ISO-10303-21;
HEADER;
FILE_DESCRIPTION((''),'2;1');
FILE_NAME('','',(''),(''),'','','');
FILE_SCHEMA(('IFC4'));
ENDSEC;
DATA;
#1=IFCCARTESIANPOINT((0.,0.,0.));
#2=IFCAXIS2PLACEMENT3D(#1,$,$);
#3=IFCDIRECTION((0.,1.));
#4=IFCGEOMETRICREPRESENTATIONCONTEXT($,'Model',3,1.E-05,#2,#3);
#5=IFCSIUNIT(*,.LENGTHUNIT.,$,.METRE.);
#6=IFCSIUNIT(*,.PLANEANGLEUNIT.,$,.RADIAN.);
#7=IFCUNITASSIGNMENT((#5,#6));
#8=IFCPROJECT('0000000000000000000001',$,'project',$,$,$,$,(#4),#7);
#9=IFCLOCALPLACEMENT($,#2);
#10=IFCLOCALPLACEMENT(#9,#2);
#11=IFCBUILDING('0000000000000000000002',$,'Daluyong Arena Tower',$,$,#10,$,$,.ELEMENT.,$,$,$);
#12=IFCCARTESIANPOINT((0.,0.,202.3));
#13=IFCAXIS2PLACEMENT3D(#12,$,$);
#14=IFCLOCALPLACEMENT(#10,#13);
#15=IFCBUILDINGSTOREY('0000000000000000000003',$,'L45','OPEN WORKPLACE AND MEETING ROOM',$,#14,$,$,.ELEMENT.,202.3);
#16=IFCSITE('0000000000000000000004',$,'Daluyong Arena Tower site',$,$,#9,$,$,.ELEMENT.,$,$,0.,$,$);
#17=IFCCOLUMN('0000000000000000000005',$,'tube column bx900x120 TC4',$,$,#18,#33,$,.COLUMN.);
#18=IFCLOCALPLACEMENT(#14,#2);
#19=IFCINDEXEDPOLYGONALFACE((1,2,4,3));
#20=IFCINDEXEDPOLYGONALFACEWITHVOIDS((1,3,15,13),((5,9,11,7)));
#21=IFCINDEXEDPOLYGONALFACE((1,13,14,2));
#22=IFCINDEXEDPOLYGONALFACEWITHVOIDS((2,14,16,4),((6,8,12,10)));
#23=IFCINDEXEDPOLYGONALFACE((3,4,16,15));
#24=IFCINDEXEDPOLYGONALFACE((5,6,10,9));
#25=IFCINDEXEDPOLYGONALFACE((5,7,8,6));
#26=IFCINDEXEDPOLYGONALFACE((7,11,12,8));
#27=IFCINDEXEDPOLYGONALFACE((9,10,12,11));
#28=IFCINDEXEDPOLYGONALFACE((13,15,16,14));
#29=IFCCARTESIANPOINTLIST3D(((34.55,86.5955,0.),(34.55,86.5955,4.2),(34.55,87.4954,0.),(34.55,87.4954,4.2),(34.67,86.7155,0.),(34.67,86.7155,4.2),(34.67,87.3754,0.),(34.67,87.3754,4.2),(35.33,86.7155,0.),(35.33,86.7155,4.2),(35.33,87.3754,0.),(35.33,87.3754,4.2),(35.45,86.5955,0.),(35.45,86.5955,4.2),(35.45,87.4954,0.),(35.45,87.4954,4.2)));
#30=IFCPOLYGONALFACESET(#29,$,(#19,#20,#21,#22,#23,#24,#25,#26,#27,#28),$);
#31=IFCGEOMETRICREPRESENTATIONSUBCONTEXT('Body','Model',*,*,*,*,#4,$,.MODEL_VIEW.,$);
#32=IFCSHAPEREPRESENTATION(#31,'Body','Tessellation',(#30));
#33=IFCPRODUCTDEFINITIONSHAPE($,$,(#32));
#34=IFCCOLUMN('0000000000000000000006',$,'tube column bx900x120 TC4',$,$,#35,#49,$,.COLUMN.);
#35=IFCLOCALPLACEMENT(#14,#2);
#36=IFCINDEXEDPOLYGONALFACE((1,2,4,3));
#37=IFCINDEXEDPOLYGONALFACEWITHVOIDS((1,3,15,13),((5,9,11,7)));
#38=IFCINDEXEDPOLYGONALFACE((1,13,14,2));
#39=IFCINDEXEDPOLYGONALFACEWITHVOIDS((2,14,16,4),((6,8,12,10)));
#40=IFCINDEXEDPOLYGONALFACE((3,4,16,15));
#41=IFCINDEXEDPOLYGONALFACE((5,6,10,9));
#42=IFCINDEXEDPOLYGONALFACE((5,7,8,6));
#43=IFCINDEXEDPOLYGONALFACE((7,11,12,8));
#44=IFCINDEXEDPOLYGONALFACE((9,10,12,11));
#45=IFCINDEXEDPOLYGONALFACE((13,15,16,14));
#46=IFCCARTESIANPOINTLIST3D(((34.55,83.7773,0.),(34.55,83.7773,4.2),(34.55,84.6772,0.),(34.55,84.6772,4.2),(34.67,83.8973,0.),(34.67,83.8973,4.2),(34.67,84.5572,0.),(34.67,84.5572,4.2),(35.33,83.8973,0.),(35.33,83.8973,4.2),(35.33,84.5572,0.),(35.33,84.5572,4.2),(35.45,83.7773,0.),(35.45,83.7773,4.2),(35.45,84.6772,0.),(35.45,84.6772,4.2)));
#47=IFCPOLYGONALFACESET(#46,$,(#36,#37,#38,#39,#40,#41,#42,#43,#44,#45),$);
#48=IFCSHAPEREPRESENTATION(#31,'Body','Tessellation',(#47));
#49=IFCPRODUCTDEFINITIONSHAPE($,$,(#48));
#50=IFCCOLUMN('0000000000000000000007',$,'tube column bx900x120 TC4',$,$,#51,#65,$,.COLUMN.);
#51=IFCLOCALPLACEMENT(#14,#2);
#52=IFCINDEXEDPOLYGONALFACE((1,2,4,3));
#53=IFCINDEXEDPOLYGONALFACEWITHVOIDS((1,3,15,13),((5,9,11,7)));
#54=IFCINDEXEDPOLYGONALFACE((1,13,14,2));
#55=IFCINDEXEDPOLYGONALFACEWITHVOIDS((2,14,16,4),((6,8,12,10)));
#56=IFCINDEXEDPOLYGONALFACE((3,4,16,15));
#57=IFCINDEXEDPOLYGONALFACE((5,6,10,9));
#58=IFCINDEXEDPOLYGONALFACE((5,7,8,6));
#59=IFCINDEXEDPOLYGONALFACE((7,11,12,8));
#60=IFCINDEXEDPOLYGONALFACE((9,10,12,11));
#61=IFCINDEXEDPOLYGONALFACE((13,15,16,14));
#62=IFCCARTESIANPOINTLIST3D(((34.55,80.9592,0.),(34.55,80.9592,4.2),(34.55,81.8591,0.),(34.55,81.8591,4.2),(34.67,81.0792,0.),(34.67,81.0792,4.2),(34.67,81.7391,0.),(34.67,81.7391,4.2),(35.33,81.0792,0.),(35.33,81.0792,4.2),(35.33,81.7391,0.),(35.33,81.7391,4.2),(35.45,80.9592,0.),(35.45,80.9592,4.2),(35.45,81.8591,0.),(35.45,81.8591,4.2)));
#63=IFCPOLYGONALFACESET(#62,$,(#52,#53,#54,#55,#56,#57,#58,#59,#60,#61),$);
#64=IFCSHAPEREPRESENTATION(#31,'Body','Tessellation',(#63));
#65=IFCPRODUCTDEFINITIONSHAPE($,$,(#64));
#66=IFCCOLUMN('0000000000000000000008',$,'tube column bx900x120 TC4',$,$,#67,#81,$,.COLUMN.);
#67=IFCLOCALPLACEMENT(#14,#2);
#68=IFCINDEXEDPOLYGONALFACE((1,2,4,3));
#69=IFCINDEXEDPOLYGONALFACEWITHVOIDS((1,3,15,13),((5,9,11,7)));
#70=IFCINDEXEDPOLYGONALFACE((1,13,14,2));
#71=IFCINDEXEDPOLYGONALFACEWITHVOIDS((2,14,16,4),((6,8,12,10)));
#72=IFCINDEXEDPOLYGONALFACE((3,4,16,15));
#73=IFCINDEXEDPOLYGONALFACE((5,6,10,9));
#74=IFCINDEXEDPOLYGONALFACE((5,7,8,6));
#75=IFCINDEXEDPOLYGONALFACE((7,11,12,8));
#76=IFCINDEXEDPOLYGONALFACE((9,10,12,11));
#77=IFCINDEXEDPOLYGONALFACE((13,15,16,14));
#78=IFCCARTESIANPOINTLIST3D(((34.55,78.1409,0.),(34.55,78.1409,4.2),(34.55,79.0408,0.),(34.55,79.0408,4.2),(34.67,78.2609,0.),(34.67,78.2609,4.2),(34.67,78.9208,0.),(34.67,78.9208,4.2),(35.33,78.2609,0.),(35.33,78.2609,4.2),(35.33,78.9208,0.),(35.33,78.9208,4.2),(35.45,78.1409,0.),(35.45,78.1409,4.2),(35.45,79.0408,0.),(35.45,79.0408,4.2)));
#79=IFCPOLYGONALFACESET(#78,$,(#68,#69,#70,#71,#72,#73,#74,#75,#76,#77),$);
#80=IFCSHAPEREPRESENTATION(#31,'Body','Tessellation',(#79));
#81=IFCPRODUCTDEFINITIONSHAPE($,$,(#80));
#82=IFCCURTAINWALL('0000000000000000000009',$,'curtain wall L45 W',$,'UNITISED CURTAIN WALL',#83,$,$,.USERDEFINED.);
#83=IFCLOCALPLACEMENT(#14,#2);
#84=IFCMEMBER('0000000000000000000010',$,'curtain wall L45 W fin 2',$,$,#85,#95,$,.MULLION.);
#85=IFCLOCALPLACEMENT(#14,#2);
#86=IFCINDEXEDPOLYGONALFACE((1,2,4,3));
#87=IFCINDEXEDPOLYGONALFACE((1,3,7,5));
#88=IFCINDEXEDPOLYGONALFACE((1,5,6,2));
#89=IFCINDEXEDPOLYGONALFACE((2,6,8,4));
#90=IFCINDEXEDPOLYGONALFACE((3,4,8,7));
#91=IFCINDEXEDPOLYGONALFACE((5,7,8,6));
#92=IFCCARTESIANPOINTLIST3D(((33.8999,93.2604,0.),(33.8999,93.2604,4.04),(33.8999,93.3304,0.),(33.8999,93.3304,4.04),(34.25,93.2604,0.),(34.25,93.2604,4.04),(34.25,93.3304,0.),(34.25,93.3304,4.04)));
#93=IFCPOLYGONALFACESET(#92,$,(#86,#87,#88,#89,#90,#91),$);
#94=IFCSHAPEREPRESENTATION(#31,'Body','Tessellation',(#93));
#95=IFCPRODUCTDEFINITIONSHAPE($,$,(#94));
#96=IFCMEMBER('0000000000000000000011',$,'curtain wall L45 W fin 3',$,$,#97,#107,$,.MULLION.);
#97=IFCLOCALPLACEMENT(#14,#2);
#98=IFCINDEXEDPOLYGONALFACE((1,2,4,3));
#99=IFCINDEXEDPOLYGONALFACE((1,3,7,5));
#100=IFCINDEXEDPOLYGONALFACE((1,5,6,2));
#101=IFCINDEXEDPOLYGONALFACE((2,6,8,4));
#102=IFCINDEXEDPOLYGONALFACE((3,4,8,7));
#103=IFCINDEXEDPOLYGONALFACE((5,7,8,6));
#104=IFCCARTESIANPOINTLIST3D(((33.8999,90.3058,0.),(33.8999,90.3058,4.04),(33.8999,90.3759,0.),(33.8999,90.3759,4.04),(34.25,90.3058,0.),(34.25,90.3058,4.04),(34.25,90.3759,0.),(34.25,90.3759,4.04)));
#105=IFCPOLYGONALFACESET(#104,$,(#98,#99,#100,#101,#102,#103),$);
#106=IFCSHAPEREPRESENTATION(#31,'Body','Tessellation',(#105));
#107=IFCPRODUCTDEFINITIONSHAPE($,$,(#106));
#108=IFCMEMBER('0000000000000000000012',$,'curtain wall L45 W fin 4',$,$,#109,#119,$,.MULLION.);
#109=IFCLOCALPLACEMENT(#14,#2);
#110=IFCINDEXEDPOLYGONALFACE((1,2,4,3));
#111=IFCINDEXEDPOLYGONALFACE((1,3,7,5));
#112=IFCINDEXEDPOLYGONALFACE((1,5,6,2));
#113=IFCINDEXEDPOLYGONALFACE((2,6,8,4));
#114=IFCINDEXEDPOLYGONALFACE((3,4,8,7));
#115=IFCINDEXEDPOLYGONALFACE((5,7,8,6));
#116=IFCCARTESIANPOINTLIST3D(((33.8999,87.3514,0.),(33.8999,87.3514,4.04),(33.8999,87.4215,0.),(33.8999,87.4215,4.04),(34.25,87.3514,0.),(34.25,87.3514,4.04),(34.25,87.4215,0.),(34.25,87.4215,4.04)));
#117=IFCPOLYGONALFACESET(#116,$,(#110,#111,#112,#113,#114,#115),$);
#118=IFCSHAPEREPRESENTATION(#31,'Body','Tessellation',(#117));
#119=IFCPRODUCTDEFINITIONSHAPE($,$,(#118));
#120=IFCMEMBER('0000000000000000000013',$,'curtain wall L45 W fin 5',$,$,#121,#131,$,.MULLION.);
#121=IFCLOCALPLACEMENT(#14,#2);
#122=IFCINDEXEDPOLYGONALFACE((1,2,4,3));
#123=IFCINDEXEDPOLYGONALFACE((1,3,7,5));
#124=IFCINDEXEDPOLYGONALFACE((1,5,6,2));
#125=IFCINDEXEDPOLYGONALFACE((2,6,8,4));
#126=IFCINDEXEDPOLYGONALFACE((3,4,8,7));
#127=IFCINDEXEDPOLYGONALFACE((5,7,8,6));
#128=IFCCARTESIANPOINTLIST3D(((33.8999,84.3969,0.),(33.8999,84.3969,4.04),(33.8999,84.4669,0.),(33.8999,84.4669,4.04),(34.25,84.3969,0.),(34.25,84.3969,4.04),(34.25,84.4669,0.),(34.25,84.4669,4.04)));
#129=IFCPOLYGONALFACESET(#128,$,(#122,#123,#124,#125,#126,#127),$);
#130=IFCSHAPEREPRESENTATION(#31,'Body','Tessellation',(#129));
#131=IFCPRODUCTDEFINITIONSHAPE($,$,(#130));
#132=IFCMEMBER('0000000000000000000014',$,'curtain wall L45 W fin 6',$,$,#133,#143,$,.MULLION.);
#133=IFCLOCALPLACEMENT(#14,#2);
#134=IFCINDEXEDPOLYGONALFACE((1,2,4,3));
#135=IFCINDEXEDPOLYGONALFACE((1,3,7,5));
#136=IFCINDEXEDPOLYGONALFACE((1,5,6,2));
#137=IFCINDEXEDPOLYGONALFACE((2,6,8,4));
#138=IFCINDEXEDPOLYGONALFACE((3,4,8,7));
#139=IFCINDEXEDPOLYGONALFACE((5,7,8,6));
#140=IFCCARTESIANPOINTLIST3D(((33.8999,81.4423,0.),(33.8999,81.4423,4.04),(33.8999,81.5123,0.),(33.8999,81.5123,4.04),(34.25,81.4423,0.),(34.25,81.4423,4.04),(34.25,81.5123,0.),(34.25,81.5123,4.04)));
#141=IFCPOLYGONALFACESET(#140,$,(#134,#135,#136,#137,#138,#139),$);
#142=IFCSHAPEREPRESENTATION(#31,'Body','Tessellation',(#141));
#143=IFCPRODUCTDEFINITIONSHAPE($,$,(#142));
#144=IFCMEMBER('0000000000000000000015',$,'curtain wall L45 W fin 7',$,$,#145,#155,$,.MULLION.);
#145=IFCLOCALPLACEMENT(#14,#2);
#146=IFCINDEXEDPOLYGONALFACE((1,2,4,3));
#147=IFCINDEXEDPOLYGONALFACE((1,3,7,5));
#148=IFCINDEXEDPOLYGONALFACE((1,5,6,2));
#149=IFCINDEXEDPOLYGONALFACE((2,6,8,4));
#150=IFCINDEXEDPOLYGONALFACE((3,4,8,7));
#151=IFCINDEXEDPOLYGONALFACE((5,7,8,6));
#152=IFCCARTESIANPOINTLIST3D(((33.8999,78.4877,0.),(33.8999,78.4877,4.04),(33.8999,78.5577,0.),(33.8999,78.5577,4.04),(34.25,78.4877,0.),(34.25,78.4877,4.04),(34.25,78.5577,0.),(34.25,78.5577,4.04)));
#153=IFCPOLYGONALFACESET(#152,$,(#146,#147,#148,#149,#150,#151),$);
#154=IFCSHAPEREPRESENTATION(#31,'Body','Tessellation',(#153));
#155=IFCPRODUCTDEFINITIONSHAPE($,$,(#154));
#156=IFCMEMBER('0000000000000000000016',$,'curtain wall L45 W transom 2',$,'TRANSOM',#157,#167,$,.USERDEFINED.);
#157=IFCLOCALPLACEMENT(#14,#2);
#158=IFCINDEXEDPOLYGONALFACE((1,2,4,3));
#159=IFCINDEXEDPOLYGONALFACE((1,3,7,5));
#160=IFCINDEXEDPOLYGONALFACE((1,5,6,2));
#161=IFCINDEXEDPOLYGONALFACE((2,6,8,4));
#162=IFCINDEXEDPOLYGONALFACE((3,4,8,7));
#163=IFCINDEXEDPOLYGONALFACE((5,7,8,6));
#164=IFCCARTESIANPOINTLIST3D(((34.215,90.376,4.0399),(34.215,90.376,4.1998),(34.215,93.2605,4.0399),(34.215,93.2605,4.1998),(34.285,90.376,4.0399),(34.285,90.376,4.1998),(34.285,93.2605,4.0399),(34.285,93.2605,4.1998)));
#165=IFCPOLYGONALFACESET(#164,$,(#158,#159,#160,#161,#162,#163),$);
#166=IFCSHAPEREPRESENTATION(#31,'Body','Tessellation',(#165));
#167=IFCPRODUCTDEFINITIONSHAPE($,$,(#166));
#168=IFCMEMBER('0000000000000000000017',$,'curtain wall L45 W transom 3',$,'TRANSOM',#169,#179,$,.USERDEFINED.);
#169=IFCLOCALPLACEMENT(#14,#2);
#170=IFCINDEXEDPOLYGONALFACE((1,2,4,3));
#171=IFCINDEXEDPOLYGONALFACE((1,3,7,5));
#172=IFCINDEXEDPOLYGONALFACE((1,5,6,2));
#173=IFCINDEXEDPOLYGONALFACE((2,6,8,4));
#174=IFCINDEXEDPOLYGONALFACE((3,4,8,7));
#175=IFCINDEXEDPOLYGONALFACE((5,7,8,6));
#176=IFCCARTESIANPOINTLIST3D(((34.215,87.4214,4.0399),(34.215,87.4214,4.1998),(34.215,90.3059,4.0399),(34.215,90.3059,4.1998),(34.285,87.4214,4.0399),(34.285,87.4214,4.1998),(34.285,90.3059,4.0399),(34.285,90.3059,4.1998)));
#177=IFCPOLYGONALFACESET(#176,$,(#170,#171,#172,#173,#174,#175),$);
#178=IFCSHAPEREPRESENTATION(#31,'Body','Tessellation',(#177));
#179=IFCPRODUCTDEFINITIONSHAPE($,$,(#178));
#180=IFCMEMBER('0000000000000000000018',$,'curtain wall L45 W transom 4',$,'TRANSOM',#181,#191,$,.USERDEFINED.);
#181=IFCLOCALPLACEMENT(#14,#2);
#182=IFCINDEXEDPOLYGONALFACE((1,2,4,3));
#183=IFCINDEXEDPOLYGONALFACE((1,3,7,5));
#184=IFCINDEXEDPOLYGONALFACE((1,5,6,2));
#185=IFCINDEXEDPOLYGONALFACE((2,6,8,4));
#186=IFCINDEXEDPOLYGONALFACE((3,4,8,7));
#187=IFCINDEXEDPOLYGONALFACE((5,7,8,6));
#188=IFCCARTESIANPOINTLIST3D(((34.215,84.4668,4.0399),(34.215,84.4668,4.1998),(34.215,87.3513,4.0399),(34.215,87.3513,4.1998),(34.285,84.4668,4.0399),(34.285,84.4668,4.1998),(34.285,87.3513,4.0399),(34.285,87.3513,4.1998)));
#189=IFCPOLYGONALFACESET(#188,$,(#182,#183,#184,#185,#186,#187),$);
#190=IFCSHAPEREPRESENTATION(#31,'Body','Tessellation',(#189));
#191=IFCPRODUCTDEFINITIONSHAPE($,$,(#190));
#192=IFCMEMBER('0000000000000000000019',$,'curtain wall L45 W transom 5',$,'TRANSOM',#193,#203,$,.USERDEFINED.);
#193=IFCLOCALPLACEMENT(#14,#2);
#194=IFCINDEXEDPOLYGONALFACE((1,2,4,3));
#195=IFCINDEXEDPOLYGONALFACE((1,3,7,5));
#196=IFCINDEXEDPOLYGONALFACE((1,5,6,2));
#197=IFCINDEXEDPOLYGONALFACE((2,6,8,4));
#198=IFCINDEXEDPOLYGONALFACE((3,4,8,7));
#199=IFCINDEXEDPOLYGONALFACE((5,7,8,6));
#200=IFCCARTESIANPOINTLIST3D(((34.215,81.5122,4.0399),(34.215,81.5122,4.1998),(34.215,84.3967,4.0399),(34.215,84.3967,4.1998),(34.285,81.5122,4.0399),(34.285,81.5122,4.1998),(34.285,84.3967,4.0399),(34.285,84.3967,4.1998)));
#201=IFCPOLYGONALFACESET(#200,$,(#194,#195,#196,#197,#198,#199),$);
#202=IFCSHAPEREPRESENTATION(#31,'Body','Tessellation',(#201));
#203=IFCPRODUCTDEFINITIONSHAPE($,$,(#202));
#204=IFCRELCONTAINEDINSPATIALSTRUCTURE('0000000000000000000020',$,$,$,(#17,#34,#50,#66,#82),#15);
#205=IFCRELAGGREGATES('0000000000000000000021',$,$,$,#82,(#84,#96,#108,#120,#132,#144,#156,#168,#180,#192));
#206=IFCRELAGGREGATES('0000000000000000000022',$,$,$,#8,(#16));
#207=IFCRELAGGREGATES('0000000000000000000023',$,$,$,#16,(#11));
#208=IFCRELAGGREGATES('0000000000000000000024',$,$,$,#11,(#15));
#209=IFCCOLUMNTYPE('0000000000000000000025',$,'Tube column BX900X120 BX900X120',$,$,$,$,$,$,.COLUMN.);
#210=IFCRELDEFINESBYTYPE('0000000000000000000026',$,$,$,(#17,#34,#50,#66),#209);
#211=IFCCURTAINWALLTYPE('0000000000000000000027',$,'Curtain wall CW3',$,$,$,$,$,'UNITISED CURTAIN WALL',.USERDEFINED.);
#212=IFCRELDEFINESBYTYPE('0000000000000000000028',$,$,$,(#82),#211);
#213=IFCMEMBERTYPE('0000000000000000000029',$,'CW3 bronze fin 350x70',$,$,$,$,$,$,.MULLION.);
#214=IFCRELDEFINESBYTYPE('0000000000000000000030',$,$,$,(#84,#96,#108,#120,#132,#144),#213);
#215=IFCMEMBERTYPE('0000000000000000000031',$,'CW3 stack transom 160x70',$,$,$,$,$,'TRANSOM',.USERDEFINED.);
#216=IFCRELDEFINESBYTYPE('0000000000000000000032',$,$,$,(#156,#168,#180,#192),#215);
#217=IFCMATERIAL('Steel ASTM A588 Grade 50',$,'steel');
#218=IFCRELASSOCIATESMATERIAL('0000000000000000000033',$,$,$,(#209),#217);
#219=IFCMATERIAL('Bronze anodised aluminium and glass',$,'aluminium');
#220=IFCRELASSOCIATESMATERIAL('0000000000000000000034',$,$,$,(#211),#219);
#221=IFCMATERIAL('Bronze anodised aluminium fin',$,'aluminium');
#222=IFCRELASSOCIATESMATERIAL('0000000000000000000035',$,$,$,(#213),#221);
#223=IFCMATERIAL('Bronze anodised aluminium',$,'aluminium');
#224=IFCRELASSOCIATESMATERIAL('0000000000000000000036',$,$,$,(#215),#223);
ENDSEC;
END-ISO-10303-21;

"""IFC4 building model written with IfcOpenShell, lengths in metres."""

from ifc_helpers import new_model, si_unit, direction, frame, origin, origin_2d, place, context, subcontext, project, spatial, rectangle, hollow_rectangle, extrude, material, material_profile, profile_set, type_object, element, aggregate, save


model = new_model("IFC4")

# Units and contexts
model_context = context("Model", 3, precision=1e-05, world=origin(), true_north=direction((0.0, 1.0)))
body_context = subcontext(model_context, "Body", "Model", "MODEL_VIEW")
ifc_project = project(units=[si_unit("LENGTHUNIT", "METRE"), si_unit("PLANEANGLEUNIT", "RADIAN")], contexts=[model_context])

# Site, building, storey
site_placement = place(None, origin())
site = spatial("IfcSite", under=ifc_project, at=site_placement, Name="Daluyong Arena Tower site", CompositionType="ELEMENT", RefElevation=0.0)
building_placement = place(site_placement, origin())
building = spatial("IfcBuilding", under=site, at=building_placement, Name="Daluyong Arena Tower", CompositionType="ELEMENT")
storey_placement = place(building_placement, frame((0.0, 0.0, 202.3)))
storey = spatial("IfcBuildingStorey", under=building, at=storey_placement, Name="L45", Description="OPEN WORKPLACE AND MEETING ROOM", CompositionType="ELEMENT", Elevation=202.3)

# Columns
ifc_material_1 = material(Name="Steel ASTM A588 Grade 50", Category="steel")
ifc_material_profile_1 = material_profile(ifc_material_1, hollow_rectangle(XDim=0.8999, YDim=0.8999, WallThickness=0.12, at=origin_2d()))
ifc_profile_set_1 = profile_set([ifc_material_profile_1], Name="Steel ASTM A588 Grade 50")
column_type = type_object("IfcColumnType", Name="Tube column BX900X120 BX900X120", PredefinedType="COLUMN", material=ifc_profile_set_1)
for number, where, z_axis, x_axis, name in (
    (1, (35.0, 87.0454, 0.0), (0.0, 0.0, 1.0), (0.0, 1.0, 0.0), "tube column bx900x120 TC4"),
    (2, (35.0, 84.2273, 0.0), (0.0, 0.0, 1.0), (0.0, 1.0, 0.0), "tube column bx900x120 TC4"),
    (3, (35.0, 81.4092, 0.0), (0.0, 0.0, 1.0), (0.0, 1.0, 0.0), "tube column bx900x120 TC4"),
    (4, (35.0, 78.5908, 0.0), (0.0, 0.0, 1.0), (0.0, 1.0, 0.0), "tube column bx900x120 TC4"),
):
    element("IfcColumn", number, at=place(storey_placement, frame(where, z_axis=z_axis, x_axis=x_axis)), inside=storey, type_object=column_type, Name=name, PredefinedType="COLUMN", context=body_context, shape_type="SweptSolid", body=[
        extrude(hollow_rectangle(XDim=0.8999, YDim=0.8999, WallThickness=0.12, at=origin_2d()), origin(), (0.0, 0.0, 1.0), 4.2),
    ])

# Curtain wall, members
ifc_material_2 = material(Name="Bronze anodised aluminium and glass", Category="aluminium")
curtain_wall_type = type_object("IfcCurtainWallType", Name="Curtain wall CW3", ElementType="UNITISED CURTAIN WALL", PredefinedType="USERDEFINED", material=ifc_material_2)
curtain_wall_placement = place(storey_placement, origin())
curtain_wall = element("IfcCurtainWall", 5, at=curtain_wall_placement, inside=storey, type_object=curtain_wall_type, Name="curtain wall L45 W", ObjectType="UNITISED CURTAIN WALL", PredefinedType="USERDEFINED")
ifc_material_3 = material(Name="Bronze anodised aluminium fin", Category="aluminium")
ifc_material_profile_2 = material_profile(ifc_material_3, rectangle(XDim=0.3501, YDim=0.0701, at=origin_2d()))
ifc_profile_set_2 = profile_set([ifc_material_profile_2], Name="Bronze anodised aluminium fin")
member_type_1 = type_object("IfcMemberType", Name="CW3 bronze fin 350x70", PredefinedType="MULLION", material=ifc_profile_set_2)
member_1_placement = place(storey_placement, frame((34.075, 93.2954, 0.0), z_axis=(0.0, 0.0, 1.0), x_axis=(1.0, 0.0, 0.0)))
member_1 = element("IfcMember", 6, at=member_1_placement, type_object=member_type_1, Name="curtain wall L45 W fin 2", PredefinedType="MULLION", context=body_context, shape_type="SweptSolid", body=[
    extrude(rectangle(XDim=0.3501, YDim=0.0701, at=origin_2d()), origin(), (0.0, 0.0, 1.0), 4.04),
])
member_2_placement = place(storey_placement, frame((34.075, 90.3408, 0.0), z_axis=(0.0, 0.0, 1.0), x_axis=(1.0, 0.0, 0.0)))
member_2 = element("IfcMember", 7, at=member_2_placement, type_object=member_type_1, Name="curtain wall L45 W fin 3", PredefinedType="MULLION", context=body_context, shape_type="SweptSolid", body=[
    extrude(rectangle(XDim=0.3501, YDim=0.0701, at=origin_2d()), origin(), (0.0, 0.0, 1.0), 4.04),
])
member_3_placement = place(storey_placement, frame((34.075, 87.3865, 0.0), z_axis=(0.0, 0.0, 1.0), x_axis=(1.0, 0.0, 0.0)))
member_3 = element("IfcMember", 8, at=member_3_placement, type_object=member_type_1, Name="curtain wall L45 W fin 4", PredefinedType="MULLION", context=body_context, shape_type="SweptSolid", body=[
    extrude(rectangle(XDim=0.3501, YDim=0.0701, at=origin_2d()), origin(), (0.0, 0.0, 1.0), 4.04),
])
member_4_placement = place(storey_placement, frame((34.075, 84.4319, 0.0), z_axis=(0.0, 0.0, 1.0), x_axis=(1.0, 0.0, 0.0)))
member_4 = element("IfcMember", 9, at=member_4_placement, type_object=member_type_1, Name="curtain wall L45 W fin 5", PredefinedType="MULLION", context=body_context, shape_type="SweptSolid", body=[
    extrude(rectangle(XDim=0.3501, YDim=0.0701, at=origin_2d()), origin(), (0.0, 0.0, 1.0), 4.04),
])
member_5_placement = place(storey_placement, frame((34.075, 81.4773, 0.0), z_axis=(0.0, 0.0, 1.0), x_axis=(1.0, 0.0, 0.0)))
member_5 = element("IfcMember", 10, at=member_5_placement, type_object=member_type_1, Name="curtain wall L45 W fin 6", PredefinedType="MULLION", context=body_context, shape_type="SweptSolid", body=[
    extrude(rectangle(XDim=0.3501, YDim=0.0701, at=origin_2d()), origin(), (0.0, 0.0, 1.0), 4.04),
])
member_6_placement = place(storey_placement, frame((34.075, 78.5227, 0.0), z_axis=(0.0, 0.0, 1.0), x_axis=(1.0, 0.0, 0.0)))
member_6 = element("IfcMember", 11, at=member_6_placement, type_object=member_type_1, Name="curtain wall L45 W fin 7", PredefinedType="MULLION", context=body_context, shape_type="SweptSolid", body=[
    extrude(rectangle(XDim=0.3501, YDim=0.0701, at=origin_2d()), origin(), (0.0, 0.0, 1.0), 4.04),
])
ifc_material_4 = material(Name="Bronze anodised aluminium", Category="aluminium")
ifc_material_profile_3 = material_profile(ifc_material_4, rectangle(XDim=0.0701, YDim=0.1599, at=origin_2d()))
ifc_profile_set_3 = profile_set([ifc_material_profile_3], Name="Bronze anodised aluminium")
member_type_2 = type_object("IfcMemberType", Name="CW3 stack transom 160x70", ElementType="TRANSOM", PredefinedType="USERDEFINED", material=ifc_profile_set_3)
member_7_placement = place(storey_placement, frame((34.25, 93.2605, 4.1199), z_axis=(0.0, -1.0, 0.0), x_axis=(1.0, 0.0, 0.0)))
member_7 = element("IfcMember", 12, at=member_7_placement, type_object=member_type_2, Name="curtain wall L45 W transom 2", ObjectType="TRANSOM", PredefinedType="USERDEFINED", context=body_context, shape_type="SweptSolid", body=[
    extrude(rectangle(XDim=0.0701, YDim=0.1599, at=origin_2d()), origin(), (0.0, 0.0, 1.0), 2.8845),
])
member_8_placement = place(storey_placement, frame((34.25, 90.3059, 4.1199), z_axis=(0.0, -1.0, 0.0), x_axis=(1.0, 0.0, 0.0)))
member_8 = element("IfcMember", 13, at=member_8_placement, type_object=member_type_2, Name="curtain wall L45 W transom 3", ObjectType="TRANSOM", PredefinedType="USERDEFINED", context=body_context, shape_type="SweptSolid", body=[
    extrude(rectangle(XDim=0.0701, YDim=0.1599, at=origin_2d()), origin(), (0.0, 0.0, 1.0), 2.8845),
])
member_9_placement = place(storey_placement, frame((34.25, 87.3513, 4.1199), z_axis=(0.0, -1.0, 0.0), x_axis=(1.0, 0.0, 0.0)))
member_9 = element("IfcMember", 14, at=member_9_placement, type_object=member_type_2, Name="curtain wall L45 W transom 4", ObjectType="TRANSOM", PredefinedType="USERDEFINED", context=body_context, shape_type="SweptSolid", body=[
    extrude(rectangle(XDim=0.0701, YDim=0.1599, at=origin_2d()), origin(), (0.0, 0.0, 1.0), 2.8845),
])
member_10_placement = place(storey_placement, frame((34.25, 84.3967, 4.1199), z_axis=(0.0, -1.0, 0.0), x_axis=(1.0, 0.0, 0.0)))
member_10 = element("IfcMember", 15, at=member_10_placement, type_object=member_type_2, Name="curtain wall L45 W transom 5", ObjectType="TRANSOM", PredefinedType="USERDEFINED", context=body_context, shape_type="SweptSolid", body=[
    extrude(rectangle(XDim=0.0701, YDim=0.1599, at=origin_2d()), origin(), (0.0, 0.0, 1.0), 2.8845),
])

aggregate(curtain_wall, [member_1, member_2, member_3, member_4, member_5, member_6, member_7, member_8, member_9, member_10])

save(model, "model.ifc")
